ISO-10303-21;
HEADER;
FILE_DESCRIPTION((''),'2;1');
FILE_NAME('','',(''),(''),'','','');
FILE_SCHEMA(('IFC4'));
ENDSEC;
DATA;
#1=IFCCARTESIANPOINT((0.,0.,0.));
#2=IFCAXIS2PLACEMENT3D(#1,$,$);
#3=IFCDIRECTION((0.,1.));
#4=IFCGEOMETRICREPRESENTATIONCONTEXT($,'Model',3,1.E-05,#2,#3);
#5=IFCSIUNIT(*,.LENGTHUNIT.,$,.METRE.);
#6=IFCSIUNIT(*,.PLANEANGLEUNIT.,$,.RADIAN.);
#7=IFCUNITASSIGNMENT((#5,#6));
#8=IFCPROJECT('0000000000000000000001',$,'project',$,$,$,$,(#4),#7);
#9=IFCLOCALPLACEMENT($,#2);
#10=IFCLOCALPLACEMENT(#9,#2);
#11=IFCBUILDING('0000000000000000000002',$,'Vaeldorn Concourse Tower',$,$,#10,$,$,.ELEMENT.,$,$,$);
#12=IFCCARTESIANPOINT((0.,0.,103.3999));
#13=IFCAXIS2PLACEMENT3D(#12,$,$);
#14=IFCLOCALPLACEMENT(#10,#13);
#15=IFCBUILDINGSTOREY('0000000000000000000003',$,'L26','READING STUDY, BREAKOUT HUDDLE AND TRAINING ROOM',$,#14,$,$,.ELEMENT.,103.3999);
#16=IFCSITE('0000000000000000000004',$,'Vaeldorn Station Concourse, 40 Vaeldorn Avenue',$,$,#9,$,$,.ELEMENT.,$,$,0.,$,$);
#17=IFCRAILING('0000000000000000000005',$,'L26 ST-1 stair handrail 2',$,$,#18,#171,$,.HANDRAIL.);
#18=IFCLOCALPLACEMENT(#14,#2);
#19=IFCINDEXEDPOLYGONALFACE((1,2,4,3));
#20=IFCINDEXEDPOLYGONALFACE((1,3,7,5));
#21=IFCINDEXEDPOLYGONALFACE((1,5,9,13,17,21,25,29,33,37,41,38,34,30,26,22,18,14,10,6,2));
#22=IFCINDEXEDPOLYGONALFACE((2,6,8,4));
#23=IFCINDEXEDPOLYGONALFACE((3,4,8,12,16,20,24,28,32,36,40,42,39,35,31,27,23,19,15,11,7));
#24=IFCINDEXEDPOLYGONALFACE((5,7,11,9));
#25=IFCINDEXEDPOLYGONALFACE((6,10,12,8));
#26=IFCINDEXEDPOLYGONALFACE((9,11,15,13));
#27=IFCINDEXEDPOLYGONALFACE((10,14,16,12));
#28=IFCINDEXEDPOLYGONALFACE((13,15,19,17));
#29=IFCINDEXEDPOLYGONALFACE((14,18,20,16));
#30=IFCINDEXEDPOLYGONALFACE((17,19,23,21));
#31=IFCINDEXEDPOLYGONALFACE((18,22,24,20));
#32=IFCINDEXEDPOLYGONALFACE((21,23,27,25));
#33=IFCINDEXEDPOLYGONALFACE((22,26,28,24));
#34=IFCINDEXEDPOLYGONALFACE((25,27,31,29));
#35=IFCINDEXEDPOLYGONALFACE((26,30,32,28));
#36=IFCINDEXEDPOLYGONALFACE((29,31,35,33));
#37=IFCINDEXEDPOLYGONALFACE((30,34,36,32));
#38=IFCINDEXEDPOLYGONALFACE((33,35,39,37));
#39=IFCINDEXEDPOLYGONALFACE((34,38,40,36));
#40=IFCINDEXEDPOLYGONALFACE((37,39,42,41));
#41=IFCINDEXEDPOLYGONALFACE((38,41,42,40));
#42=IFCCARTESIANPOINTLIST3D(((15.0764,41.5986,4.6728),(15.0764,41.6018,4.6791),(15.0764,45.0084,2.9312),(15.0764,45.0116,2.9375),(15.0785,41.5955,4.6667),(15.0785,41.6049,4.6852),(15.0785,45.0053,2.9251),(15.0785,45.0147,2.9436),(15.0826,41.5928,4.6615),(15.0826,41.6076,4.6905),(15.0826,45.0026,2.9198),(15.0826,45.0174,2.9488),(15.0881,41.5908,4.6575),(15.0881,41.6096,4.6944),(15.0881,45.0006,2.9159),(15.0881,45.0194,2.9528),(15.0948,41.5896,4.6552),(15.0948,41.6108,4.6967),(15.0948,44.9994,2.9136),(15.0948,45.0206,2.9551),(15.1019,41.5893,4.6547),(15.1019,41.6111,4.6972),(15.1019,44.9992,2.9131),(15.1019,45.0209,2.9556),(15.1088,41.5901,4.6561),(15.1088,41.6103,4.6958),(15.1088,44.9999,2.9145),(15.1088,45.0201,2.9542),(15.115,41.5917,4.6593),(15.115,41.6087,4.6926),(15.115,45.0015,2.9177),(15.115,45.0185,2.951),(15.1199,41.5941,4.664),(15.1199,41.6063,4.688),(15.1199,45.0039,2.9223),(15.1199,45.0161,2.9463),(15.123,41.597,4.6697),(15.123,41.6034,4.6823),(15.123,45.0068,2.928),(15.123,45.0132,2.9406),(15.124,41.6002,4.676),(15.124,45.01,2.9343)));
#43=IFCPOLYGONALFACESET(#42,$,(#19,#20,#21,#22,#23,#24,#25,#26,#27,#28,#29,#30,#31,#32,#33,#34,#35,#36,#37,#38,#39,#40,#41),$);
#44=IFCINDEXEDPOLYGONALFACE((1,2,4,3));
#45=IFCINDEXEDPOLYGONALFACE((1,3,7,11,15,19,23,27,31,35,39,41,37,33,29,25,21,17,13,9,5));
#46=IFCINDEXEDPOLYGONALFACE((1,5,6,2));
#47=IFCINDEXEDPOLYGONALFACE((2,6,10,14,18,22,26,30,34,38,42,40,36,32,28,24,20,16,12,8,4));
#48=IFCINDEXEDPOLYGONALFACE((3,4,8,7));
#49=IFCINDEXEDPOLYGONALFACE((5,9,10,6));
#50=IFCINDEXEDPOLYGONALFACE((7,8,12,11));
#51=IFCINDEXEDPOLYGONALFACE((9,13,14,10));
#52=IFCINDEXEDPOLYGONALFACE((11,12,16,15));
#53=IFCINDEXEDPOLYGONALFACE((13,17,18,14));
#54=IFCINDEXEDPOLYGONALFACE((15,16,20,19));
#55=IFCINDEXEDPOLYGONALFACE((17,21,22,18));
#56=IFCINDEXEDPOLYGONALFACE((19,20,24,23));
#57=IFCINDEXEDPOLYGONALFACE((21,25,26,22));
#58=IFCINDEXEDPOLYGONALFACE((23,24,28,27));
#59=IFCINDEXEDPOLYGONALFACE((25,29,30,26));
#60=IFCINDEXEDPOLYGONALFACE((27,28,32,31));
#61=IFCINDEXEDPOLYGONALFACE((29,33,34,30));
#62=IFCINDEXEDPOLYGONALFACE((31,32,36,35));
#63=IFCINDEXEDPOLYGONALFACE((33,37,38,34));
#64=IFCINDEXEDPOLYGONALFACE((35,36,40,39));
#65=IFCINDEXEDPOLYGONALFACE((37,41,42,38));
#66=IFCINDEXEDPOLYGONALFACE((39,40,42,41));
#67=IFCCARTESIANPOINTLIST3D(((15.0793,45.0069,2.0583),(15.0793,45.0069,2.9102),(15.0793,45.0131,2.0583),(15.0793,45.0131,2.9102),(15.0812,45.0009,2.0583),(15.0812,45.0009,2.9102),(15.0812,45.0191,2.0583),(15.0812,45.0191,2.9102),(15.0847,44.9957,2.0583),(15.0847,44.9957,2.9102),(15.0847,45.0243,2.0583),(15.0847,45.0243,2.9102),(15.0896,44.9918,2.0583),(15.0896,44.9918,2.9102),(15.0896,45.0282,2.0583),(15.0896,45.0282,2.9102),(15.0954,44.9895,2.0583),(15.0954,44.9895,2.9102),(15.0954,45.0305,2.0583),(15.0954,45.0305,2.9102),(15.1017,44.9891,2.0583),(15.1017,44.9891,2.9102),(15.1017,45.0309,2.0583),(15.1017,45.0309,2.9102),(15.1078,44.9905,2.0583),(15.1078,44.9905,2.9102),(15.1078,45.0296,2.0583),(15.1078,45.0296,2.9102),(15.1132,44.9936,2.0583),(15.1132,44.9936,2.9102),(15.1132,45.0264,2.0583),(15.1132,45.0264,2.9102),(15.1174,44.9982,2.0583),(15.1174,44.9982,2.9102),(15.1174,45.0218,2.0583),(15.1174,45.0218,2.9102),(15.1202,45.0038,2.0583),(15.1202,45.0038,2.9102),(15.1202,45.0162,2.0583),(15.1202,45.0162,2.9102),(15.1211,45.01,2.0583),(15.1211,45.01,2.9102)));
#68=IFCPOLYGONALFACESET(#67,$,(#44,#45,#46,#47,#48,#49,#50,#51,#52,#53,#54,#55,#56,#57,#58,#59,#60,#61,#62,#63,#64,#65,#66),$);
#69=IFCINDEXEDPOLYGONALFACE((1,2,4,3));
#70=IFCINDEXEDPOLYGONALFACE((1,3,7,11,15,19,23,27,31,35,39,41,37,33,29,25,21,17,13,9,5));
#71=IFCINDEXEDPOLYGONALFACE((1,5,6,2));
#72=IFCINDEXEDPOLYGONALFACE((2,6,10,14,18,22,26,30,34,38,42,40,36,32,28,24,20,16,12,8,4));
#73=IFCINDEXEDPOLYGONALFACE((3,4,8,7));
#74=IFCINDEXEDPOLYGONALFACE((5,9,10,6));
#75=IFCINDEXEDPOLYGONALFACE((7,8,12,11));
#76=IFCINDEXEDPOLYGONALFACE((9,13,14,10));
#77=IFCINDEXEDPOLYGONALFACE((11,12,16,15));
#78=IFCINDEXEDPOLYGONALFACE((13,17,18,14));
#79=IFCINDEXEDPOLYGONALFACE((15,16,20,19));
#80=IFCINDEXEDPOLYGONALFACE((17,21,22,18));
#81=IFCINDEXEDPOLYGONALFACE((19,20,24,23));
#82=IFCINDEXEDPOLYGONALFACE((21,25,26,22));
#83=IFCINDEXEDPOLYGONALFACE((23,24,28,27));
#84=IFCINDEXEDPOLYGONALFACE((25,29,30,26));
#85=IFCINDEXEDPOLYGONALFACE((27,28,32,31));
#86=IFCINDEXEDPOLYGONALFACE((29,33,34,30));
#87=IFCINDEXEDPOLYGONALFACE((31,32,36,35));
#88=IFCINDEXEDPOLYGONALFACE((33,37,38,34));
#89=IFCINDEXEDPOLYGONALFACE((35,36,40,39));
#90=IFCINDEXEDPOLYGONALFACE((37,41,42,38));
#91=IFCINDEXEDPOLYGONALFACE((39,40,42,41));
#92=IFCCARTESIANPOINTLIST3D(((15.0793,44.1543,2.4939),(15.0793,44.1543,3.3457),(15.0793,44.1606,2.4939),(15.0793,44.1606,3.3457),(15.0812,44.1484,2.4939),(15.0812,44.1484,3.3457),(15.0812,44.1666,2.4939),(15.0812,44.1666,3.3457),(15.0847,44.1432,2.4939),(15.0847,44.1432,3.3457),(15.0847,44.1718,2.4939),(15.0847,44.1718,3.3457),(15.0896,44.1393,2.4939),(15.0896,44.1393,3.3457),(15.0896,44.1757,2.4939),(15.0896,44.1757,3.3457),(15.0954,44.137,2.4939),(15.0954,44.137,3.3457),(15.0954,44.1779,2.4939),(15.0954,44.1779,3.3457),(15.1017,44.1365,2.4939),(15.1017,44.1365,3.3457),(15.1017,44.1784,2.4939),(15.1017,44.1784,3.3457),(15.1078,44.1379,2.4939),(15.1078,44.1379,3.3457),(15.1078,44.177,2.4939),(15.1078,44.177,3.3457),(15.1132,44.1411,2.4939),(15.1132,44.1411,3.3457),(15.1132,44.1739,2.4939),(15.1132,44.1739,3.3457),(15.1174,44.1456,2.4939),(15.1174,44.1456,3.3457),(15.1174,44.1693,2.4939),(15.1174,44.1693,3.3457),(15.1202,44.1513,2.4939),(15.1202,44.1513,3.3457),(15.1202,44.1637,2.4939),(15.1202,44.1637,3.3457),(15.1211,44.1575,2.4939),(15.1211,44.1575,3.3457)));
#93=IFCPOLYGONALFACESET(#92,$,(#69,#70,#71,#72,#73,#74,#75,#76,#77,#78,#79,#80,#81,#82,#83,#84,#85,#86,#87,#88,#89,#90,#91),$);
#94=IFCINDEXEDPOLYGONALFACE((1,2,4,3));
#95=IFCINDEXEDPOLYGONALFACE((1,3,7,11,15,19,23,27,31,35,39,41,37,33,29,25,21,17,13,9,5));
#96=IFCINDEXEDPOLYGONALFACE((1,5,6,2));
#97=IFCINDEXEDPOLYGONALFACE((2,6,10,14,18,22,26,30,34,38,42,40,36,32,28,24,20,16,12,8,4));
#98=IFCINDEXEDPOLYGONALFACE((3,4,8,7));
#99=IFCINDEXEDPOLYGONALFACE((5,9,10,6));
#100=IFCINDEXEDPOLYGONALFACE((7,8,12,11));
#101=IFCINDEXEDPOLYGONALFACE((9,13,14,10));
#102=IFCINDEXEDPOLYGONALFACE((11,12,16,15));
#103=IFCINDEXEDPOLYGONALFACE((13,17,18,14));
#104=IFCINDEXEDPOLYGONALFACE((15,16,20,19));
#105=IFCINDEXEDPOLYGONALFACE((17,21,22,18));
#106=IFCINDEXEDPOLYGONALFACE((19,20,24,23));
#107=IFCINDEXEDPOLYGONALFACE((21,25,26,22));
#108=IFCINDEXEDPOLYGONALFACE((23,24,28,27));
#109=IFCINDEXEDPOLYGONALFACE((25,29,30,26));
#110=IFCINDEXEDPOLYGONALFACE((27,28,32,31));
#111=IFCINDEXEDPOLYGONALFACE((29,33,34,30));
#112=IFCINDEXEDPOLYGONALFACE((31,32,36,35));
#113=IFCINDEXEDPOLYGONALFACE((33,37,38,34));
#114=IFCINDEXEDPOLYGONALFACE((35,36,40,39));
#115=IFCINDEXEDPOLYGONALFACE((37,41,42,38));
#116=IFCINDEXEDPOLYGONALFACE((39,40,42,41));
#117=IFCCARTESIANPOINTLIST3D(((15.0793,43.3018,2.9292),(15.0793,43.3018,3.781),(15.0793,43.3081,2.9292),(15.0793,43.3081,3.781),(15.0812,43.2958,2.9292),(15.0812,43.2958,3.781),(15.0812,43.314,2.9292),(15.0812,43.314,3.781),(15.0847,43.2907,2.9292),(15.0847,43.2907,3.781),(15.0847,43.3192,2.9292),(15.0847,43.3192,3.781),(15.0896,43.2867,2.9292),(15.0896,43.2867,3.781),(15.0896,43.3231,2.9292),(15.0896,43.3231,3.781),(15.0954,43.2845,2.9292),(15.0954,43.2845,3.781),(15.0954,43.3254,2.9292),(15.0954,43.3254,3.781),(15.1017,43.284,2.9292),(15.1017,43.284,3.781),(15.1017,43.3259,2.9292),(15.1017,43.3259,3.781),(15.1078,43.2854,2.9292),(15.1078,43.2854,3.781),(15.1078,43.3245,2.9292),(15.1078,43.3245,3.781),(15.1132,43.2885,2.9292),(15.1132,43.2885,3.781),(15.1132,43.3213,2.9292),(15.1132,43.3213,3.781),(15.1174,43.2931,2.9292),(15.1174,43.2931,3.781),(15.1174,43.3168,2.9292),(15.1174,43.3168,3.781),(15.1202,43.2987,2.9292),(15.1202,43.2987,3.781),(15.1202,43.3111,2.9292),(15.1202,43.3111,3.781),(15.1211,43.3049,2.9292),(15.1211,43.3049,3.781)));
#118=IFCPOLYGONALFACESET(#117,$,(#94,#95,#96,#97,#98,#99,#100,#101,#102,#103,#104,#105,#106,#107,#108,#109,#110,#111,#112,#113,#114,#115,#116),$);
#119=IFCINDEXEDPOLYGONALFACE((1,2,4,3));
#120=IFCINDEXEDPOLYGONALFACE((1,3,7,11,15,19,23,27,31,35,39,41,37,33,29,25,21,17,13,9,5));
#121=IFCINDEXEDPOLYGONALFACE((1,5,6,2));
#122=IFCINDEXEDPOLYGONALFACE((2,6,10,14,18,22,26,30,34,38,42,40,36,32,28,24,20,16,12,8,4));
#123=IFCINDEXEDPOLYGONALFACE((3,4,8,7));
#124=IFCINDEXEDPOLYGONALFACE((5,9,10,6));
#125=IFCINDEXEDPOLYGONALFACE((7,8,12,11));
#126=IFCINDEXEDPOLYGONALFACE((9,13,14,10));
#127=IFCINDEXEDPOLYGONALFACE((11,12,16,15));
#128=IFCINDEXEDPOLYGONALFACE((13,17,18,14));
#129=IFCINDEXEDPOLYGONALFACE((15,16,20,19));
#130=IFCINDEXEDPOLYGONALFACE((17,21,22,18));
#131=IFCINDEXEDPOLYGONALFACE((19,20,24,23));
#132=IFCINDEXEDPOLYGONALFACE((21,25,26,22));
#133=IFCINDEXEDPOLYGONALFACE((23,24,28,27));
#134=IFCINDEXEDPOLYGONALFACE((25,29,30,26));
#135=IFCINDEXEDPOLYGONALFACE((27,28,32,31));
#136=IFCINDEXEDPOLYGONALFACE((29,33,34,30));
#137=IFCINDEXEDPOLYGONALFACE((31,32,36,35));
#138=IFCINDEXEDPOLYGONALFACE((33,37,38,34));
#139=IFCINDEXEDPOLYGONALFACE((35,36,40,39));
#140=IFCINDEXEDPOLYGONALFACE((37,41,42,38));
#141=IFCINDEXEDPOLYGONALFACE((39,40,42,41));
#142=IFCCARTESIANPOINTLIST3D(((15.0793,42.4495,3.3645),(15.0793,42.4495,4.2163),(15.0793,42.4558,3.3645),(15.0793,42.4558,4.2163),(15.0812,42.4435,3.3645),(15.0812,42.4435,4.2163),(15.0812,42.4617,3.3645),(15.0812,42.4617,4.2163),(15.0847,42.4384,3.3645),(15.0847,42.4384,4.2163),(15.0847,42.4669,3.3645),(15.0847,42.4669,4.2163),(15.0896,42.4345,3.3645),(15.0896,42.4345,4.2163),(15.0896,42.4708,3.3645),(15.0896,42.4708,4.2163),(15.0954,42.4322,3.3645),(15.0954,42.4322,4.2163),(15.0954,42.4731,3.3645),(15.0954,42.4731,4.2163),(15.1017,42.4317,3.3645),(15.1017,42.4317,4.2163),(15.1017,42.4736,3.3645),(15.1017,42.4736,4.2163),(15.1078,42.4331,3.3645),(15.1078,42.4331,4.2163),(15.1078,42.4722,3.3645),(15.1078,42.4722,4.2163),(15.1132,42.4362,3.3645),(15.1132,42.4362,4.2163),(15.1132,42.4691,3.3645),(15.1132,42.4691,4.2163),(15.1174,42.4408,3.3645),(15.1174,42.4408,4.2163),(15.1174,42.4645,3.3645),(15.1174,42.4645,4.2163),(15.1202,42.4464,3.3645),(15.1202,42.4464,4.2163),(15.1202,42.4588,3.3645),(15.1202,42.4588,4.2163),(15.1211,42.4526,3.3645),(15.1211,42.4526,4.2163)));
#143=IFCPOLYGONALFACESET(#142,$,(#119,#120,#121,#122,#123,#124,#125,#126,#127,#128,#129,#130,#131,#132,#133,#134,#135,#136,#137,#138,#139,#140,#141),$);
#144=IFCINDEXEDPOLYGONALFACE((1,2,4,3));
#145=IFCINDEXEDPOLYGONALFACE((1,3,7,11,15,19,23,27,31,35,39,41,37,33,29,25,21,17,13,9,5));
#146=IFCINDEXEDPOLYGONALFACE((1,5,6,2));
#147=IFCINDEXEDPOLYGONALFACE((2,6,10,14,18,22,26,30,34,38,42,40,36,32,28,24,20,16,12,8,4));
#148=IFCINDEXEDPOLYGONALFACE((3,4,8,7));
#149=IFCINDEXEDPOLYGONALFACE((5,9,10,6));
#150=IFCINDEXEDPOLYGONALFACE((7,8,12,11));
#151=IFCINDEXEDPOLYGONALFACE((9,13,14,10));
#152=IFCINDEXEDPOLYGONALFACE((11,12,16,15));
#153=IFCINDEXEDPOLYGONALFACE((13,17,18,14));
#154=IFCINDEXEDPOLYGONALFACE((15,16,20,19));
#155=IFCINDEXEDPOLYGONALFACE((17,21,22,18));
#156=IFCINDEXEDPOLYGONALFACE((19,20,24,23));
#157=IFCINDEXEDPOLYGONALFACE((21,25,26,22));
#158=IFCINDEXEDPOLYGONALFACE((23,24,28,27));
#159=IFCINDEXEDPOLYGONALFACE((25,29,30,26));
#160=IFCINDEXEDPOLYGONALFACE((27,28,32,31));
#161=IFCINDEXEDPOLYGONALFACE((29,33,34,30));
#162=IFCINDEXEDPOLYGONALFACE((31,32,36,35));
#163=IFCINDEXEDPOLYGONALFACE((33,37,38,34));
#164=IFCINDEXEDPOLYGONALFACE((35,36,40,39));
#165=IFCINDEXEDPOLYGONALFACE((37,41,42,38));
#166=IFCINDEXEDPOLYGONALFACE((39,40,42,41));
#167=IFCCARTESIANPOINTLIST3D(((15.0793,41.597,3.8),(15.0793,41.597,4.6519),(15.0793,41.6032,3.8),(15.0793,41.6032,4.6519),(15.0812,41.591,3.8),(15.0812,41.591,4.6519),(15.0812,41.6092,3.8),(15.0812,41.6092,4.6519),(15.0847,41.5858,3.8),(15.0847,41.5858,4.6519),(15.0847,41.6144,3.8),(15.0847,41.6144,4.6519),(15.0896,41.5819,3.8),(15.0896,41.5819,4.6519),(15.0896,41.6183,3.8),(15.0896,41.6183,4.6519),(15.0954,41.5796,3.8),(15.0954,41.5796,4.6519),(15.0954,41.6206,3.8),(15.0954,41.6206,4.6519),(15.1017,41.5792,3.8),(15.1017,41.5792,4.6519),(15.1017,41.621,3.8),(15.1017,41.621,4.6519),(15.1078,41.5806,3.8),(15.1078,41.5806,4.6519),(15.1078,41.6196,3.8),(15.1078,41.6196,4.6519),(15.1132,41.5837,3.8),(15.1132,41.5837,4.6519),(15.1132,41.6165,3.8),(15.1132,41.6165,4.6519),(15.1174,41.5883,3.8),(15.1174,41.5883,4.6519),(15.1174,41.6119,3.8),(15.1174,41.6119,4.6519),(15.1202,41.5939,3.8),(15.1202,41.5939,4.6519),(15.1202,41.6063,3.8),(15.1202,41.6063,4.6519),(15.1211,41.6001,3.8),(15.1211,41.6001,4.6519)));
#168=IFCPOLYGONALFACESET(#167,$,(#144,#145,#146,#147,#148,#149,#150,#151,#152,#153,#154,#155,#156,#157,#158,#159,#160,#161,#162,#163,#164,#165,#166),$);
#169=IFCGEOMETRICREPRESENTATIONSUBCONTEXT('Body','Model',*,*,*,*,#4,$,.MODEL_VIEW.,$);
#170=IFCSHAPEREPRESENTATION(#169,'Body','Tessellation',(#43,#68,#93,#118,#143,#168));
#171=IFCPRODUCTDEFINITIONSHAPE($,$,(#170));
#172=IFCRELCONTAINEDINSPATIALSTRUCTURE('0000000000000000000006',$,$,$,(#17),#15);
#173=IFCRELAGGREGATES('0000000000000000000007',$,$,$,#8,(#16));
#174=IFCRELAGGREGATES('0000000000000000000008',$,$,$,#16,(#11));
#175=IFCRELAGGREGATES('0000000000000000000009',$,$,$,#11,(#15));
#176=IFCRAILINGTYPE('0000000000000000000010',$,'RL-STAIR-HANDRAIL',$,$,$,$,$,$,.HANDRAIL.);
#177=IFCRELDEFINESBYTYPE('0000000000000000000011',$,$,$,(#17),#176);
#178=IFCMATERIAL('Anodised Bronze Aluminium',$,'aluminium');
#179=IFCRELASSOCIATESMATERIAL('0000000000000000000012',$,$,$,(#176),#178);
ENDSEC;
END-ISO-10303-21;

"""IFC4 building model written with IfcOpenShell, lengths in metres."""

from ifc_helpers import new_model, si_unit, direction, frame, origin, origin_2d, place, context, subcontext, project, spatial, circle, extrude, material, type_object, element, save


model = new_model("IFC4")

# Units and contexts
model_context = context("Model", 3, precision=1e-05, world=origin(), true_north=direction((0.0, 1.0)))
body_context = subcontext(model_context, "Body", "Model", "MODEL_VIEW")
ifc_project = project(units=[si_unit("LENGTHUNIT", "METRE"), si_unit("PLANEANGLEUNIT", "RADIAN")], contexts=[model_context])

# Site, building, storey
site_placement = place(None, origin())
site = spatial("IfcSite", under=ifc_project, at=site_placement, Name="Vaeldorn Station Concourse, 40 Vaeldorn Avenue", CompositionType="ELEMENT", RefElevation=0.0)
building_placement = place(site_placement, origin())
building = spatial("IfcBuilding", under=site, at=building_placement, Name="Vaeldorn Concourse Tower", CompositionType="ELEMENT")
storey_placement = place(building_placement, frame((0.0, 0.0, 103.3999)))
storey = spatial("IfcBuildingStorey", under=building, at=storey_placement, Name="L26", Description="READING STUDY, BREAKOUT HUDDLE AND TRAINING ROOM", CompositionType="ELEMENT", Elevation=103.3999)

# Shared definitions
ifc_material_1 = material(Name="Anodised Bronze Aluminium", Category="aluminium")

# Railing
railing_type_1 = type_object("IfcRailingType", Name="RL-STAIR-HANDRAIL", PredefinedType="HANDRAIL", material=ifc_material_1)
railing_1_placement = place(storey_placement, frame((15.1001, 45.01, 2.0583)))
element("IfcRailing", 1, at=railing_1_placement, inside=storey, type_object=railing_type_1, Name="L26 ST-1 stair handrail 2", PredefinedType="HANDRAIL", context=body_context, shape_type="SweptSolid", body=[
    extrude(circle(Radius=0.0239, at=origin_2d()), frame((0.0, 0.0, 0.876), z_axis=(0.0, -0.890556, 0.454874), x_axis=(1.0, 0.0, 0.0)), (0.0, 0.0, 1.0), 3.8289),
    extrude(circle(Radius=0.021, at=origin_2d()), origin(), (0.0, 0.0, 1.0), 0.8518),
    extrude(circle(Radius=0.021, at=origin_2d()), frame((0.0, -0.8525, 0.4355)), (0.0, 0.0, 1.0), 0.8518),
    extrude(circle(Radius=0.021, at=origin_2d()), frame((0.0, -1.7051, 0.8708)), (0.0, 0.0, 1.0), 0.8518),
    extrude(circle(Radius=0.021, at=origin_2d()), frame((0.0, -2.5574, 1.3062)), (0.0, 0.0, 1.0), 0.8518),
    extrude(circle(Radius=0.021, at=origin_2d()), frame((0.0, -3.4099, 1.7417)), (0.0, 0.0, 1.0), 0.8518),
])

save(model, "model.ifc")
